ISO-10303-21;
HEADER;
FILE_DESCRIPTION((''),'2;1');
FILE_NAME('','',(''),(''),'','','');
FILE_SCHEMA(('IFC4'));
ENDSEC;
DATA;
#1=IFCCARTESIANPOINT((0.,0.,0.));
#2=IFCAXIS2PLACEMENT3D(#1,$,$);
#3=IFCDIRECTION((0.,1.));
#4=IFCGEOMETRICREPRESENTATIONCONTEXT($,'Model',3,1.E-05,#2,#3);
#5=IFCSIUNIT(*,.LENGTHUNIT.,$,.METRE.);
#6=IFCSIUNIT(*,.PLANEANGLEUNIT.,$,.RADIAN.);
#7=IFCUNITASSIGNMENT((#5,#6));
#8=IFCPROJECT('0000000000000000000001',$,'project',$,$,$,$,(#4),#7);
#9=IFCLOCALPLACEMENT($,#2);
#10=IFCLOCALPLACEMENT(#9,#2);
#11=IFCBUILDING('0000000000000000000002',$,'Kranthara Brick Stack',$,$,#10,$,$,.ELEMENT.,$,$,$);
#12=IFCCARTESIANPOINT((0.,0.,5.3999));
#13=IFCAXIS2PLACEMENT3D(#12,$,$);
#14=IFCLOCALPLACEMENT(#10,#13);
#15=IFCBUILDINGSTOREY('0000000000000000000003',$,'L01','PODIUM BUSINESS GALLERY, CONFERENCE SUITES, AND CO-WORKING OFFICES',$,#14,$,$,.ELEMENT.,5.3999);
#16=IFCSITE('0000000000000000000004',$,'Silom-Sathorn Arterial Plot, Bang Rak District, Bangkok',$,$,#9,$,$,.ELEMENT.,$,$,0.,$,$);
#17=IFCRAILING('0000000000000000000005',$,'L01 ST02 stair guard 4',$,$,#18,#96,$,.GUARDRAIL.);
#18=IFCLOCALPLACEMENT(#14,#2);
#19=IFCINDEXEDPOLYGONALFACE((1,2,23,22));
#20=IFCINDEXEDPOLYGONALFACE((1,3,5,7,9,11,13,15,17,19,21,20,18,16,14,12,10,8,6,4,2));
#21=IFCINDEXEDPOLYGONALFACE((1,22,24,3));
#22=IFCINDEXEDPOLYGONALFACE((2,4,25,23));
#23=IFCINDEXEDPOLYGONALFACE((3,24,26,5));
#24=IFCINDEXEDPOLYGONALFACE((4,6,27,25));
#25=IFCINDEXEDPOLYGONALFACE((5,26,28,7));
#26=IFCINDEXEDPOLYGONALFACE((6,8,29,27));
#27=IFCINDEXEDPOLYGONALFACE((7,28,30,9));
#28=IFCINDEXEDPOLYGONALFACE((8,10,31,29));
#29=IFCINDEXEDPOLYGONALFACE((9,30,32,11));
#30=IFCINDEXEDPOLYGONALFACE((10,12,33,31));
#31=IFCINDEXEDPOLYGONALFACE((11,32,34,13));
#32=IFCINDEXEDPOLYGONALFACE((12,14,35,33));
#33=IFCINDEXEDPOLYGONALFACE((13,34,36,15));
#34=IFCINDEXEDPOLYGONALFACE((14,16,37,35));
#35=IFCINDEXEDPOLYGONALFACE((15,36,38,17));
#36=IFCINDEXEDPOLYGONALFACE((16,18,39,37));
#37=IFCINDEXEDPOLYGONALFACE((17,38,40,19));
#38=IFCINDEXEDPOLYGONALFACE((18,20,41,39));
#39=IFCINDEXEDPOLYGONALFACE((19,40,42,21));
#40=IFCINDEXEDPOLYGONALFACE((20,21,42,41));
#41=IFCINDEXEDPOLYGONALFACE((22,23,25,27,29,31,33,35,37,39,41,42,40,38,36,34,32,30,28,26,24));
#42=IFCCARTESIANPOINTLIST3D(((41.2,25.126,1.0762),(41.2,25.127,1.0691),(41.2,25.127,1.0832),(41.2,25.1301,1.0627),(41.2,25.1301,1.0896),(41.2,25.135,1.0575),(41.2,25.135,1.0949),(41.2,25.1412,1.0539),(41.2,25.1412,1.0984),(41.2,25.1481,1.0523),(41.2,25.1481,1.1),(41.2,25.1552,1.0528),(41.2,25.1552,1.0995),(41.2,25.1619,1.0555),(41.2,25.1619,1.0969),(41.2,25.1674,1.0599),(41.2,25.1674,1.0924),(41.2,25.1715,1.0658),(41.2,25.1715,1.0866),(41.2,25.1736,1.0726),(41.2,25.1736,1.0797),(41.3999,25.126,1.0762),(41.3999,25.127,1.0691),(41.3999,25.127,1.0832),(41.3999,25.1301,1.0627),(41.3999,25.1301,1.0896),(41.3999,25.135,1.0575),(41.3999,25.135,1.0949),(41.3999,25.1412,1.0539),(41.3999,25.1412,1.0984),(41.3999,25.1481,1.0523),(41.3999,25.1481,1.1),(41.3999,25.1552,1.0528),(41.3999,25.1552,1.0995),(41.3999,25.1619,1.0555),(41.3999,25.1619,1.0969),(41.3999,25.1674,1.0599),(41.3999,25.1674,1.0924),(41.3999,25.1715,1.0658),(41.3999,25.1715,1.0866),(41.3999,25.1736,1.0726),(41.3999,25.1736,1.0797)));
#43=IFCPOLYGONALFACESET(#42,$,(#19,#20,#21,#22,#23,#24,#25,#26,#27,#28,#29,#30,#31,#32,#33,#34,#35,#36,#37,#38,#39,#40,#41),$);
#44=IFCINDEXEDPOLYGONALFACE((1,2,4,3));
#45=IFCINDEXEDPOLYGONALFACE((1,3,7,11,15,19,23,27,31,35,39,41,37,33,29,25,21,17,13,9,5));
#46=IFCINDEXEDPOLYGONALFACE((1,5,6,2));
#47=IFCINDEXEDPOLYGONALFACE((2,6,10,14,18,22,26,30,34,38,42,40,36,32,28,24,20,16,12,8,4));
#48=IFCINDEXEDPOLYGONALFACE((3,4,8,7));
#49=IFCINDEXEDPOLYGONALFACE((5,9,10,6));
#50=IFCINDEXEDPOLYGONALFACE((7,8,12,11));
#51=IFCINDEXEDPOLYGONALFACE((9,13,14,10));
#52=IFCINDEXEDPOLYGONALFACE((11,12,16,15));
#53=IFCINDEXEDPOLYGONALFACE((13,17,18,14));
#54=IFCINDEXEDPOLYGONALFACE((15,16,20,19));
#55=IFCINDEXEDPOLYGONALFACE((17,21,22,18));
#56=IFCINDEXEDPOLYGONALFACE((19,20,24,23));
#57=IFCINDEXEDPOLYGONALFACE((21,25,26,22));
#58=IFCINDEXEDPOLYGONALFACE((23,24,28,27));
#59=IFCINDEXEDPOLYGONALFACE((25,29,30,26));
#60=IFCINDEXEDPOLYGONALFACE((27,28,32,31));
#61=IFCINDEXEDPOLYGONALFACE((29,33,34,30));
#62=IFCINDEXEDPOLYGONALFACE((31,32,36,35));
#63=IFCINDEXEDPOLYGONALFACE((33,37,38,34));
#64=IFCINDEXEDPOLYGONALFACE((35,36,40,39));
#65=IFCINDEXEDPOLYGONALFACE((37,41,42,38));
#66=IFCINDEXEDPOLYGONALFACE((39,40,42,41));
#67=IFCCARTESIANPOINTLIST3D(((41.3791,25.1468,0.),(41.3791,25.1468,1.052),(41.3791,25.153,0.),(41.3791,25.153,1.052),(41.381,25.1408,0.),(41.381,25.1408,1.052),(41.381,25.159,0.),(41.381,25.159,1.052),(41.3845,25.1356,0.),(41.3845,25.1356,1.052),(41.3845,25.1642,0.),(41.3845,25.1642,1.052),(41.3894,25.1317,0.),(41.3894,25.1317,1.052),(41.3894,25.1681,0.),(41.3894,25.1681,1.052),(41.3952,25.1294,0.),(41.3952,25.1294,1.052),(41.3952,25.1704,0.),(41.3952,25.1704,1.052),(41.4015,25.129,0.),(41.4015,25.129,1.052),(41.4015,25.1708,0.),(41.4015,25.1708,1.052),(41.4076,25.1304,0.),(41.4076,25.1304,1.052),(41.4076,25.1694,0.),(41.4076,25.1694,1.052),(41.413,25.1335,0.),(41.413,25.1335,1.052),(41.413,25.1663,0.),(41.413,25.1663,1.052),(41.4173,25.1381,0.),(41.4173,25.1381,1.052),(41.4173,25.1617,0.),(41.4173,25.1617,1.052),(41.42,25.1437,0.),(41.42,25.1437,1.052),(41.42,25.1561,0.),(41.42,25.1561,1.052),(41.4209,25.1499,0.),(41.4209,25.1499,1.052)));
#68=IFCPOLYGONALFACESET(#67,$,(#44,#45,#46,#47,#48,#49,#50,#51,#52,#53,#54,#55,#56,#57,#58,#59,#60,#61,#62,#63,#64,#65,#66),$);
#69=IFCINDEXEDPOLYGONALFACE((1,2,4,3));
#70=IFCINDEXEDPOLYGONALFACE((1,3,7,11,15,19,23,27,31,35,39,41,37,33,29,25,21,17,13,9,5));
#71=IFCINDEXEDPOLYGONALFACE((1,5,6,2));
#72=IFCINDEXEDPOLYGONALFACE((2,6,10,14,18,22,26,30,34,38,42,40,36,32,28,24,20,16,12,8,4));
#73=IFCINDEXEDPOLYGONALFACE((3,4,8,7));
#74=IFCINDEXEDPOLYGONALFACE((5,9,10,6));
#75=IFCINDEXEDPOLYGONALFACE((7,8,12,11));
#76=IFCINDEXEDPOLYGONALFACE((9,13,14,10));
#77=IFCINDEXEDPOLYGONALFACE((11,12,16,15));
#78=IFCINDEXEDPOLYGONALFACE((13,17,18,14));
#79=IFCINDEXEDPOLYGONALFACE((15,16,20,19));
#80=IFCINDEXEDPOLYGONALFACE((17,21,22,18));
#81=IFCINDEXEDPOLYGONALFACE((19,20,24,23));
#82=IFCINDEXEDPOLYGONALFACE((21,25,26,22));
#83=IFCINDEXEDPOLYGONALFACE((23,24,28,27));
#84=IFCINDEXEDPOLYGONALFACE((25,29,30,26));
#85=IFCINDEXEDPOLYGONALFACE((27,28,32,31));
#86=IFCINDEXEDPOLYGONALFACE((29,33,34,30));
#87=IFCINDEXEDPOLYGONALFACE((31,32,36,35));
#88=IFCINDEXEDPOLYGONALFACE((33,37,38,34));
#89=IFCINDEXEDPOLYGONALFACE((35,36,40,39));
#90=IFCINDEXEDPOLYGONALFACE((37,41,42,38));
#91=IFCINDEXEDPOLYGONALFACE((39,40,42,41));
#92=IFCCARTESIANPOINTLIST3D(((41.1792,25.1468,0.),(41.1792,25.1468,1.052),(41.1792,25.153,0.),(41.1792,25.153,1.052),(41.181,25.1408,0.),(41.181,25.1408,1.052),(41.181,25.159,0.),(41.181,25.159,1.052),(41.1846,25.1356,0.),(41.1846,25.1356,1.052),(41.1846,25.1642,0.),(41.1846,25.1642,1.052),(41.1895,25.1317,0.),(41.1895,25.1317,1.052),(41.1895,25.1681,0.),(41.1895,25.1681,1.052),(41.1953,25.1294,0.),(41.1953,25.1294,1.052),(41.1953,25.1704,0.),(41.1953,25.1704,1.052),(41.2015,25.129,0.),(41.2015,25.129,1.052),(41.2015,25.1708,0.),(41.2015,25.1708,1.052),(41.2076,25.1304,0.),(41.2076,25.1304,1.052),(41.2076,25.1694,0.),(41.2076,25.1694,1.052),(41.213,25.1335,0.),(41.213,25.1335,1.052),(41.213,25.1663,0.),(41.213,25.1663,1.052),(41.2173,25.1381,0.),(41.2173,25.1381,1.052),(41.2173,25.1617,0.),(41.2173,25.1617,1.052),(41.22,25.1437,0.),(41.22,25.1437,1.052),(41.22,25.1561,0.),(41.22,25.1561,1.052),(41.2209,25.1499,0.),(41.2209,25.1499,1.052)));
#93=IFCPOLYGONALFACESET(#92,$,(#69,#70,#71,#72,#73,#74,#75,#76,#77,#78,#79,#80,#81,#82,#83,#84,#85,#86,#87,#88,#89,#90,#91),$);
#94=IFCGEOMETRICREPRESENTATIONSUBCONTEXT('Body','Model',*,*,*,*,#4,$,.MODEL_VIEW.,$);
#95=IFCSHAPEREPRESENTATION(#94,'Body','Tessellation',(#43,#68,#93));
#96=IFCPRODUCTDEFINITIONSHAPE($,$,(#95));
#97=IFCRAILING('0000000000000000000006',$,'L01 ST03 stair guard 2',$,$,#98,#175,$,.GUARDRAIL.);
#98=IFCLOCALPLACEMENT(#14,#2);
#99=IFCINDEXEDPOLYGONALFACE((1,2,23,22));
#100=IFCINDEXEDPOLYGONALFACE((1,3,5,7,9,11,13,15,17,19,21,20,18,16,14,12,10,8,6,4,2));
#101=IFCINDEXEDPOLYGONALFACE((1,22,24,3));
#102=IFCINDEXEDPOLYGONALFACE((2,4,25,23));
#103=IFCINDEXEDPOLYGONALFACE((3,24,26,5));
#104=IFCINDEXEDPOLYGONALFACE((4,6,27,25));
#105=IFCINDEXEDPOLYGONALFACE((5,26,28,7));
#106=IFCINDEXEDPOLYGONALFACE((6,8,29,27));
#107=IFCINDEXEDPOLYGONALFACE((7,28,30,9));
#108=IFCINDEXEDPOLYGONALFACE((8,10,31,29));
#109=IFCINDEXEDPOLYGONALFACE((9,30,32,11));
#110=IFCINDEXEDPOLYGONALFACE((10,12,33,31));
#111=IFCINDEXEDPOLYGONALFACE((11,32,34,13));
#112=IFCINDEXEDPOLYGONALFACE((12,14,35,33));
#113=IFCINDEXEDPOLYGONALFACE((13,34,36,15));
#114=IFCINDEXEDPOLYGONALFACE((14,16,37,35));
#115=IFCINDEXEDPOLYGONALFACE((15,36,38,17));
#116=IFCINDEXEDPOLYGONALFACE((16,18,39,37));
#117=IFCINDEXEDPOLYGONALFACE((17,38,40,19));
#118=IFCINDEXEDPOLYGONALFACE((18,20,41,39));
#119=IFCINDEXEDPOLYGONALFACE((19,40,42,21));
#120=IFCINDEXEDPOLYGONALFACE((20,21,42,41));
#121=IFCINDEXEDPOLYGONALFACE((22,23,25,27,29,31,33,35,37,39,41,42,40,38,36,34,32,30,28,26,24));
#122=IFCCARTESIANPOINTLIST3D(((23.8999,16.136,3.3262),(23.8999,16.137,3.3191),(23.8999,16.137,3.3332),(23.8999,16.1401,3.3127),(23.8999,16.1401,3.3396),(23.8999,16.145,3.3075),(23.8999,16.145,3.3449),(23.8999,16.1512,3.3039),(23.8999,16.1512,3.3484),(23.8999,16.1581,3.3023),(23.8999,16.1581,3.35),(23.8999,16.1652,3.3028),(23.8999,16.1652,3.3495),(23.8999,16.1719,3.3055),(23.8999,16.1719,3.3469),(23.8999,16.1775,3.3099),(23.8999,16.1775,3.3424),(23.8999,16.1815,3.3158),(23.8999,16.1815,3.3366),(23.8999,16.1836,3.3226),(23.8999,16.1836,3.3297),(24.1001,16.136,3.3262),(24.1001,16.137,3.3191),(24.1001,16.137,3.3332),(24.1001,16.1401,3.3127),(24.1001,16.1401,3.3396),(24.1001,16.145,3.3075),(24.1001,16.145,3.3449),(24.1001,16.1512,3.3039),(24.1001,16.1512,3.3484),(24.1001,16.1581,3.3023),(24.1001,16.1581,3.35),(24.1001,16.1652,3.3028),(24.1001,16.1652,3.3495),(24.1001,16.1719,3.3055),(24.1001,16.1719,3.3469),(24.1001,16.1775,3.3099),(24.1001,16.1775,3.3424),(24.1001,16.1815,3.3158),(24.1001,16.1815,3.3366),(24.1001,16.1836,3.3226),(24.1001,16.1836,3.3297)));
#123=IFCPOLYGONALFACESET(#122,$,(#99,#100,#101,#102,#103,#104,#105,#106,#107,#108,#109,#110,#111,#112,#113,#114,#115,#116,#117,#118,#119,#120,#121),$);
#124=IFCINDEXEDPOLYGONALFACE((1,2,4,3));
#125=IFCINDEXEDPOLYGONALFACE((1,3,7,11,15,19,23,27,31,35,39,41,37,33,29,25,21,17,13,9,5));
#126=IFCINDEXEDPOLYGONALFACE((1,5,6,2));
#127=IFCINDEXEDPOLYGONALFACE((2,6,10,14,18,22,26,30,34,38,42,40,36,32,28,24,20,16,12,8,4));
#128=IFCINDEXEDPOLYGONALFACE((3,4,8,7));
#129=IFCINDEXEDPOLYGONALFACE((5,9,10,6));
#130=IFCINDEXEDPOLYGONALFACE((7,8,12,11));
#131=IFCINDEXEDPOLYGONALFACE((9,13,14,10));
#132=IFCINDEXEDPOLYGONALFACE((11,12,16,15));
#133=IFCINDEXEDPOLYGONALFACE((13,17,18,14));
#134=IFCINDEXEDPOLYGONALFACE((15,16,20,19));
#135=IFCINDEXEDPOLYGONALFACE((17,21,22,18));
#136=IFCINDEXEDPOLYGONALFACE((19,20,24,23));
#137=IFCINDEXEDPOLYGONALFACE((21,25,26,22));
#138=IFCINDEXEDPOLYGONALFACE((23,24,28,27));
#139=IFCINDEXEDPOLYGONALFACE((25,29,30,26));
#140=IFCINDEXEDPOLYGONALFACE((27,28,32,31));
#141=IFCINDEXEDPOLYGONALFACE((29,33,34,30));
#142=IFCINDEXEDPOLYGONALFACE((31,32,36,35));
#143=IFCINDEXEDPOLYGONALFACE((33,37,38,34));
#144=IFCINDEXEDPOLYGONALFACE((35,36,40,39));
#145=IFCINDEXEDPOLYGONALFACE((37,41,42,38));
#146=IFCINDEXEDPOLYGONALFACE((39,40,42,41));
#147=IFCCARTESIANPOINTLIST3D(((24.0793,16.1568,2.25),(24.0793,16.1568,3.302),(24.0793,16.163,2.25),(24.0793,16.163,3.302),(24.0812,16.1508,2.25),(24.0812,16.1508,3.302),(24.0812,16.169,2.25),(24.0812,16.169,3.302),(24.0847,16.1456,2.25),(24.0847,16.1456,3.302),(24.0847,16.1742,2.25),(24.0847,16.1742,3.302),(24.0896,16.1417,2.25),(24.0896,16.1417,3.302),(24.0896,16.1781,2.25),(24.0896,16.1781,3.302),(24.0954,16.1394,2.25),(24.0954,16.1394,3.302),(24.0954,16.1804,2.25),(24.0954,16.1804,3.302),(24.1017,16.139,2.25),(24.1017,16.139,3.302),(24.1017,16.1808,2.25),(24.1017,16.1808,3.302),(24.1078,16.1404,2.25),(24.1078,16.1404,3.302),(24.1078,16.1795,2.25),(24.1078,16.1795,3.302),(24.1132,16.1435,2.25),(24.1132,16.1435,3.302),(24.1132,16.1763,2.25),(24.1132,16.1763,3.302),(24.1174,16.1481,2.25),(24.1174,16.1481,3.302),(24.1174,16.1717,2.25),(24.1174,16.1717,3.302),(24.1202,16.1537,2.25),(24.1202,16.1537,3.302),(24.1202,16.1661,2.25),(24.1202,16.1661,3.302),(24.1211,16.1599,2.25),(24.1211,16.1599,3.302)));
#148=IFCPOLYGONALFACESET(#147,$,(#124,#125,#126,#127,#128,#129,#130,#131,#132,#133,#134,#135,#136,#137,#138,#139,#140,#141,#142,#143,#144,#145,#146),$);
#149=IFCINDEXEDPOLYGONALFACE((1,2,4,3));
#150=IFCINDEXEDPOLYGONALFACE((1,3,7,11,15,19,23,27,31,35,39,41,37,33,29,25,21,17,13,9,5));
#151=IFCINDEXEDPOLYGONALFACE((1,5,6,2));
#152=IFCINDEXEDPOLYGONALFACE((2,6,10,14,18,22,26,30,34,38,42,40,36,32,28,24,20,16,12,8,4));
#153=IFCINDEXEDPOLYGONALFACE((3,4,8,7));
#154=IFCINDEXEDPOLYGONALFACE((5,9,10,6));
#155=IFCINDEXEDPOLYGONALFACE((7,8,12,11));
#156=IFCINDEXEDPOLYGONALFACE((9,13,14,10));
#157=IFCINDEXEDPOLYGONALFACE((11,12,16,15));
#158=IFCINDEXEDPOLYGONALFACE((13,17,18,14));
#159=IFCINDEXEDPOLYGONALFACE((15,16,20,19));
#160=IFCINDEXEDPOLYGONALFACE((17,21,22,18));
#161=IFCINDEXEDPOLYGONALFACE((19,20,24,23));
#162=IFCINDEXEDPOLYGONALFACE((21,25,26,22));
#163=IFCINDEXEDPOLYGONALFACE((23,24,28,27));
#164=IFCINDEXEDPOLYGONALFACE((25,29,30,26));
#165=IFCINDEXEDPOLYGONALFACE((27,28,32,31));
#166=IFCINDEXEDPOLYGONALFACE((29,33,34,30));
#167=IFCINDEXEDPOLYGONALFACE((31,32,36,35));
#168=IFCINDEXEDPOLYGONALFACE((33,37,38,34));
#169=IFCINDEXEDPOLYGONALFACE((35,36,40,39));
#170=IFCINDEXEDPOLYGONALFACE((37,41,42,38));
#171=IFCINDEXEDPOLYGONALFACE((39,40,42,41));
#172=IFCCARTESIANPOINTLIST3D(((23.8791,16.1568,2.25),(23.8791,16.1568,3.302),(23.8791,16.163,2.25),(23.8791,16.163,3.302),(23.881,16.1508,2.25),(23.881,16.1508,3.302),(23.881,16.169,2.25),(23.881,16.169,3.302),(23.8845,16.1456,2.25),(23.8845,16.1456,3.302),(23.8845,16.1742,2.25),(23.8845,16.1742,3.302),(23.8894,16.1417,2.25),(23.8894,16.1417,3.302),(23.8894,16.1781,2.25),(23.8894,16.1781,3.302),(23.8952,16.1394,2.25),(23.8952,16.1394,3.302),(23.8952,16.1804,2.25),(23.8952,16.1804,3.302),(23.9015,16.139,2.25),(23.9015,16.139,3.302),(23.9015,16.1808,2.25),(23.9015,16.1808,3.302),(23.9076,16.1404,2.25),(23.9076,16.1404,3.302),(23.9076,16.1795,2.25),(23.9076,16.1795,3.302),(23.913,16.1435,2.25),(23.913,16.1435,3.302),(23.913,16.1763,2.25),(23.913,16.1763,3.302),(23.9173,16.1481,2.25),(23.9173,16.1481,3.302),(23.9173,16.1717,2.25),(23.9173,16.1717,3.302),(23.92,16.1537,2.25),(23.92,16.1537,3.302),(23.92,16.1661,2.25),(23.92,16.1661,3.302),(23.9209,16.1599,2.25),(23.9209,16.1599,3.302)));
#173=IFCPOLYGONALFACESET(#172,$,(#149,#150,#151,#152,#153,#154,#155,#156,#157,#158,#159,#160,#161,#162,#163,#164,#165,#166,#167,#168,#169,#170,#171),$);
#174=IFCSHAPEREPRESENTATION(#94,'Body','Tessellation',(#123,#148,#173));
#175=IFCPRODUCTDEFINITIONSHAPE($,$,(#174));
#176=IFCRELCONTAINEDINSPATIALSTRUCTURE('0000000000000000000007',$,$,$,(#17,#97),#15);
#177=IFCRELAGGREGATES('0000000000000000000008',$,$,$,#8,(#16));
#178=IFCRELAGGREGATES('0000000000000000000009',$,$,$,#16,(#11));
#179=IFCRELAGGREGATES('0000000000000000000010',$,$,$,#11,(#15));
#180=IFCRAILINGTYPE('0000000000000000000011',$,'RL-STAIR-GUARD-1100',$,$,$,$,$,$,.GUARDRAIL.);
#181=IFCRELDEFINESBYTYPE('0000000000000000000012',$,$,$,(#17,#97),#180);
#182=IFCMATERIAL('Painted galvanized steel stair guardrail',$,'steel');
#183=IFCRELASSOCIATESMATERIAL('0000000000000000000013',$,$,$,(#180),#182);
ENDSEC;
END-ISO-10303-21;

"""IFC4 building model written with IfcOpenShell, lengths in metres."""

from ifc_helpers import new_model, si_unit, direction, frame, origin, origin_2d, place, context, subcontext, project, spatial, circle, extrude, material, type_object, element, save


model = new_model("IFC4")

# Units and contexts
model_context = context("Model", 3, precision=1e-05, world=origin(), true_north=direction((0.0, 1.0)))
body_context = subcontext(model_context, "Body", "Model", "MODEL_VIEW")
ifc_project = project(units=[si_unit("LENGTHUNIT", "METRE"), si_unit("PLANEANGLEUNIT", "RADIAN")], contexts=[model_context])

# Site, building, storey
site_placement = place(None, origin())
site = spatial("IfcSite", under=ifc_project, at=site_placement, Name="Silom-Sathorn Arterial Plot, Bang Rak District, Bangkok", CompositionType="ELEMENT", RefElevation=0.0)
building_placement = place(site_placement, origin())
building = spatial("IfcBuilding", under=site, at=building_placement, Name="Kranthara Brick Stack", CompositionType="ELEMENT")
storey_placement = place(building_placement, frame((0.0, 0.0, 5.3999)))
storey = spatial("IfcBuildingStorey", under=building, at=storey_placement, Name="L01", Description="PODIUM BUSINESS GALLERY, CONFERENCE SUITES, AND CO-WORKING OFFICES", CompositionType="ELEMENT", Elevation=5.3999)

# Railings
ifc_material_1 = material(Name="Painted galvanized steel stair guardrail", Category="steel")
railing_type_1 = type_object("IfcRailingType", Name="RL-STAIR-GUARD-1100", PredefinedType="GUARDRAIL", material=ifc_material_1)
railing_1_placement = place(storey_placement, frame((41.3999, 25.1499, 0.0)))
element("IfcRailing", 1, at=railing_1_placement, inside=storey, type_object=railing_type_1, Name="L01 ST02 stair guard 4", PredefinedType="GUARDRAIL", context=body_context, shape_type="SweptSolid", body=[
    extrude(circle(Radius=0.0239, at=origin_2d()), frame((0.0, 0.0, 1.0762), z_axis=(-1.0, 0.0, 0.0), x_axis=(0.0, -1.0, 0.0)), (0.0, 0.0, 1.0), 0.2),
    extrude(circle(Radius=0.021, at=origin_2d()), origin(), (0.0, 0.0, 1.0), 1.052),
    extrude(circle(Radius=0.021, at=origin_2d()), frame((-0.2, 0.0, 0.0)), (0.0, 0.0, 1.0), 1.052),
])
railing_2_placement = place(storey_placement, frame((24.1001, 16.1599, 2.25)))
element("IfcRailing", 2, at=railing_2_placement, inside=storey, type_object=railing_type_1, Name="L01 ST03 stair guard 2", PredefinedType="GUARDRAIL", context=body_context, shape_type="SweptSolid", body=[
    extrude(circle(Radius=0.0239, at=origin_2d()), frame((0.0, 0.0, 1.0762), z_axis=(-1.0, 0.0, 0.0), x_axis=(0.0, -1.0, 0.0)), (0.0, 0.0, 1.0), 0.2002),
    extrude(circle(Radius=0.021, at=origin_2d()), origin(), (0.0, 0.0, 1.0), 1.052),
    extrude(circle(Radius=0.021, at=origin_2d()), frame((-0.2002, 0.0, 0.0)), (0.0, 0.0, 1.0), 1.052),
])

save(model, "model.ifc")
